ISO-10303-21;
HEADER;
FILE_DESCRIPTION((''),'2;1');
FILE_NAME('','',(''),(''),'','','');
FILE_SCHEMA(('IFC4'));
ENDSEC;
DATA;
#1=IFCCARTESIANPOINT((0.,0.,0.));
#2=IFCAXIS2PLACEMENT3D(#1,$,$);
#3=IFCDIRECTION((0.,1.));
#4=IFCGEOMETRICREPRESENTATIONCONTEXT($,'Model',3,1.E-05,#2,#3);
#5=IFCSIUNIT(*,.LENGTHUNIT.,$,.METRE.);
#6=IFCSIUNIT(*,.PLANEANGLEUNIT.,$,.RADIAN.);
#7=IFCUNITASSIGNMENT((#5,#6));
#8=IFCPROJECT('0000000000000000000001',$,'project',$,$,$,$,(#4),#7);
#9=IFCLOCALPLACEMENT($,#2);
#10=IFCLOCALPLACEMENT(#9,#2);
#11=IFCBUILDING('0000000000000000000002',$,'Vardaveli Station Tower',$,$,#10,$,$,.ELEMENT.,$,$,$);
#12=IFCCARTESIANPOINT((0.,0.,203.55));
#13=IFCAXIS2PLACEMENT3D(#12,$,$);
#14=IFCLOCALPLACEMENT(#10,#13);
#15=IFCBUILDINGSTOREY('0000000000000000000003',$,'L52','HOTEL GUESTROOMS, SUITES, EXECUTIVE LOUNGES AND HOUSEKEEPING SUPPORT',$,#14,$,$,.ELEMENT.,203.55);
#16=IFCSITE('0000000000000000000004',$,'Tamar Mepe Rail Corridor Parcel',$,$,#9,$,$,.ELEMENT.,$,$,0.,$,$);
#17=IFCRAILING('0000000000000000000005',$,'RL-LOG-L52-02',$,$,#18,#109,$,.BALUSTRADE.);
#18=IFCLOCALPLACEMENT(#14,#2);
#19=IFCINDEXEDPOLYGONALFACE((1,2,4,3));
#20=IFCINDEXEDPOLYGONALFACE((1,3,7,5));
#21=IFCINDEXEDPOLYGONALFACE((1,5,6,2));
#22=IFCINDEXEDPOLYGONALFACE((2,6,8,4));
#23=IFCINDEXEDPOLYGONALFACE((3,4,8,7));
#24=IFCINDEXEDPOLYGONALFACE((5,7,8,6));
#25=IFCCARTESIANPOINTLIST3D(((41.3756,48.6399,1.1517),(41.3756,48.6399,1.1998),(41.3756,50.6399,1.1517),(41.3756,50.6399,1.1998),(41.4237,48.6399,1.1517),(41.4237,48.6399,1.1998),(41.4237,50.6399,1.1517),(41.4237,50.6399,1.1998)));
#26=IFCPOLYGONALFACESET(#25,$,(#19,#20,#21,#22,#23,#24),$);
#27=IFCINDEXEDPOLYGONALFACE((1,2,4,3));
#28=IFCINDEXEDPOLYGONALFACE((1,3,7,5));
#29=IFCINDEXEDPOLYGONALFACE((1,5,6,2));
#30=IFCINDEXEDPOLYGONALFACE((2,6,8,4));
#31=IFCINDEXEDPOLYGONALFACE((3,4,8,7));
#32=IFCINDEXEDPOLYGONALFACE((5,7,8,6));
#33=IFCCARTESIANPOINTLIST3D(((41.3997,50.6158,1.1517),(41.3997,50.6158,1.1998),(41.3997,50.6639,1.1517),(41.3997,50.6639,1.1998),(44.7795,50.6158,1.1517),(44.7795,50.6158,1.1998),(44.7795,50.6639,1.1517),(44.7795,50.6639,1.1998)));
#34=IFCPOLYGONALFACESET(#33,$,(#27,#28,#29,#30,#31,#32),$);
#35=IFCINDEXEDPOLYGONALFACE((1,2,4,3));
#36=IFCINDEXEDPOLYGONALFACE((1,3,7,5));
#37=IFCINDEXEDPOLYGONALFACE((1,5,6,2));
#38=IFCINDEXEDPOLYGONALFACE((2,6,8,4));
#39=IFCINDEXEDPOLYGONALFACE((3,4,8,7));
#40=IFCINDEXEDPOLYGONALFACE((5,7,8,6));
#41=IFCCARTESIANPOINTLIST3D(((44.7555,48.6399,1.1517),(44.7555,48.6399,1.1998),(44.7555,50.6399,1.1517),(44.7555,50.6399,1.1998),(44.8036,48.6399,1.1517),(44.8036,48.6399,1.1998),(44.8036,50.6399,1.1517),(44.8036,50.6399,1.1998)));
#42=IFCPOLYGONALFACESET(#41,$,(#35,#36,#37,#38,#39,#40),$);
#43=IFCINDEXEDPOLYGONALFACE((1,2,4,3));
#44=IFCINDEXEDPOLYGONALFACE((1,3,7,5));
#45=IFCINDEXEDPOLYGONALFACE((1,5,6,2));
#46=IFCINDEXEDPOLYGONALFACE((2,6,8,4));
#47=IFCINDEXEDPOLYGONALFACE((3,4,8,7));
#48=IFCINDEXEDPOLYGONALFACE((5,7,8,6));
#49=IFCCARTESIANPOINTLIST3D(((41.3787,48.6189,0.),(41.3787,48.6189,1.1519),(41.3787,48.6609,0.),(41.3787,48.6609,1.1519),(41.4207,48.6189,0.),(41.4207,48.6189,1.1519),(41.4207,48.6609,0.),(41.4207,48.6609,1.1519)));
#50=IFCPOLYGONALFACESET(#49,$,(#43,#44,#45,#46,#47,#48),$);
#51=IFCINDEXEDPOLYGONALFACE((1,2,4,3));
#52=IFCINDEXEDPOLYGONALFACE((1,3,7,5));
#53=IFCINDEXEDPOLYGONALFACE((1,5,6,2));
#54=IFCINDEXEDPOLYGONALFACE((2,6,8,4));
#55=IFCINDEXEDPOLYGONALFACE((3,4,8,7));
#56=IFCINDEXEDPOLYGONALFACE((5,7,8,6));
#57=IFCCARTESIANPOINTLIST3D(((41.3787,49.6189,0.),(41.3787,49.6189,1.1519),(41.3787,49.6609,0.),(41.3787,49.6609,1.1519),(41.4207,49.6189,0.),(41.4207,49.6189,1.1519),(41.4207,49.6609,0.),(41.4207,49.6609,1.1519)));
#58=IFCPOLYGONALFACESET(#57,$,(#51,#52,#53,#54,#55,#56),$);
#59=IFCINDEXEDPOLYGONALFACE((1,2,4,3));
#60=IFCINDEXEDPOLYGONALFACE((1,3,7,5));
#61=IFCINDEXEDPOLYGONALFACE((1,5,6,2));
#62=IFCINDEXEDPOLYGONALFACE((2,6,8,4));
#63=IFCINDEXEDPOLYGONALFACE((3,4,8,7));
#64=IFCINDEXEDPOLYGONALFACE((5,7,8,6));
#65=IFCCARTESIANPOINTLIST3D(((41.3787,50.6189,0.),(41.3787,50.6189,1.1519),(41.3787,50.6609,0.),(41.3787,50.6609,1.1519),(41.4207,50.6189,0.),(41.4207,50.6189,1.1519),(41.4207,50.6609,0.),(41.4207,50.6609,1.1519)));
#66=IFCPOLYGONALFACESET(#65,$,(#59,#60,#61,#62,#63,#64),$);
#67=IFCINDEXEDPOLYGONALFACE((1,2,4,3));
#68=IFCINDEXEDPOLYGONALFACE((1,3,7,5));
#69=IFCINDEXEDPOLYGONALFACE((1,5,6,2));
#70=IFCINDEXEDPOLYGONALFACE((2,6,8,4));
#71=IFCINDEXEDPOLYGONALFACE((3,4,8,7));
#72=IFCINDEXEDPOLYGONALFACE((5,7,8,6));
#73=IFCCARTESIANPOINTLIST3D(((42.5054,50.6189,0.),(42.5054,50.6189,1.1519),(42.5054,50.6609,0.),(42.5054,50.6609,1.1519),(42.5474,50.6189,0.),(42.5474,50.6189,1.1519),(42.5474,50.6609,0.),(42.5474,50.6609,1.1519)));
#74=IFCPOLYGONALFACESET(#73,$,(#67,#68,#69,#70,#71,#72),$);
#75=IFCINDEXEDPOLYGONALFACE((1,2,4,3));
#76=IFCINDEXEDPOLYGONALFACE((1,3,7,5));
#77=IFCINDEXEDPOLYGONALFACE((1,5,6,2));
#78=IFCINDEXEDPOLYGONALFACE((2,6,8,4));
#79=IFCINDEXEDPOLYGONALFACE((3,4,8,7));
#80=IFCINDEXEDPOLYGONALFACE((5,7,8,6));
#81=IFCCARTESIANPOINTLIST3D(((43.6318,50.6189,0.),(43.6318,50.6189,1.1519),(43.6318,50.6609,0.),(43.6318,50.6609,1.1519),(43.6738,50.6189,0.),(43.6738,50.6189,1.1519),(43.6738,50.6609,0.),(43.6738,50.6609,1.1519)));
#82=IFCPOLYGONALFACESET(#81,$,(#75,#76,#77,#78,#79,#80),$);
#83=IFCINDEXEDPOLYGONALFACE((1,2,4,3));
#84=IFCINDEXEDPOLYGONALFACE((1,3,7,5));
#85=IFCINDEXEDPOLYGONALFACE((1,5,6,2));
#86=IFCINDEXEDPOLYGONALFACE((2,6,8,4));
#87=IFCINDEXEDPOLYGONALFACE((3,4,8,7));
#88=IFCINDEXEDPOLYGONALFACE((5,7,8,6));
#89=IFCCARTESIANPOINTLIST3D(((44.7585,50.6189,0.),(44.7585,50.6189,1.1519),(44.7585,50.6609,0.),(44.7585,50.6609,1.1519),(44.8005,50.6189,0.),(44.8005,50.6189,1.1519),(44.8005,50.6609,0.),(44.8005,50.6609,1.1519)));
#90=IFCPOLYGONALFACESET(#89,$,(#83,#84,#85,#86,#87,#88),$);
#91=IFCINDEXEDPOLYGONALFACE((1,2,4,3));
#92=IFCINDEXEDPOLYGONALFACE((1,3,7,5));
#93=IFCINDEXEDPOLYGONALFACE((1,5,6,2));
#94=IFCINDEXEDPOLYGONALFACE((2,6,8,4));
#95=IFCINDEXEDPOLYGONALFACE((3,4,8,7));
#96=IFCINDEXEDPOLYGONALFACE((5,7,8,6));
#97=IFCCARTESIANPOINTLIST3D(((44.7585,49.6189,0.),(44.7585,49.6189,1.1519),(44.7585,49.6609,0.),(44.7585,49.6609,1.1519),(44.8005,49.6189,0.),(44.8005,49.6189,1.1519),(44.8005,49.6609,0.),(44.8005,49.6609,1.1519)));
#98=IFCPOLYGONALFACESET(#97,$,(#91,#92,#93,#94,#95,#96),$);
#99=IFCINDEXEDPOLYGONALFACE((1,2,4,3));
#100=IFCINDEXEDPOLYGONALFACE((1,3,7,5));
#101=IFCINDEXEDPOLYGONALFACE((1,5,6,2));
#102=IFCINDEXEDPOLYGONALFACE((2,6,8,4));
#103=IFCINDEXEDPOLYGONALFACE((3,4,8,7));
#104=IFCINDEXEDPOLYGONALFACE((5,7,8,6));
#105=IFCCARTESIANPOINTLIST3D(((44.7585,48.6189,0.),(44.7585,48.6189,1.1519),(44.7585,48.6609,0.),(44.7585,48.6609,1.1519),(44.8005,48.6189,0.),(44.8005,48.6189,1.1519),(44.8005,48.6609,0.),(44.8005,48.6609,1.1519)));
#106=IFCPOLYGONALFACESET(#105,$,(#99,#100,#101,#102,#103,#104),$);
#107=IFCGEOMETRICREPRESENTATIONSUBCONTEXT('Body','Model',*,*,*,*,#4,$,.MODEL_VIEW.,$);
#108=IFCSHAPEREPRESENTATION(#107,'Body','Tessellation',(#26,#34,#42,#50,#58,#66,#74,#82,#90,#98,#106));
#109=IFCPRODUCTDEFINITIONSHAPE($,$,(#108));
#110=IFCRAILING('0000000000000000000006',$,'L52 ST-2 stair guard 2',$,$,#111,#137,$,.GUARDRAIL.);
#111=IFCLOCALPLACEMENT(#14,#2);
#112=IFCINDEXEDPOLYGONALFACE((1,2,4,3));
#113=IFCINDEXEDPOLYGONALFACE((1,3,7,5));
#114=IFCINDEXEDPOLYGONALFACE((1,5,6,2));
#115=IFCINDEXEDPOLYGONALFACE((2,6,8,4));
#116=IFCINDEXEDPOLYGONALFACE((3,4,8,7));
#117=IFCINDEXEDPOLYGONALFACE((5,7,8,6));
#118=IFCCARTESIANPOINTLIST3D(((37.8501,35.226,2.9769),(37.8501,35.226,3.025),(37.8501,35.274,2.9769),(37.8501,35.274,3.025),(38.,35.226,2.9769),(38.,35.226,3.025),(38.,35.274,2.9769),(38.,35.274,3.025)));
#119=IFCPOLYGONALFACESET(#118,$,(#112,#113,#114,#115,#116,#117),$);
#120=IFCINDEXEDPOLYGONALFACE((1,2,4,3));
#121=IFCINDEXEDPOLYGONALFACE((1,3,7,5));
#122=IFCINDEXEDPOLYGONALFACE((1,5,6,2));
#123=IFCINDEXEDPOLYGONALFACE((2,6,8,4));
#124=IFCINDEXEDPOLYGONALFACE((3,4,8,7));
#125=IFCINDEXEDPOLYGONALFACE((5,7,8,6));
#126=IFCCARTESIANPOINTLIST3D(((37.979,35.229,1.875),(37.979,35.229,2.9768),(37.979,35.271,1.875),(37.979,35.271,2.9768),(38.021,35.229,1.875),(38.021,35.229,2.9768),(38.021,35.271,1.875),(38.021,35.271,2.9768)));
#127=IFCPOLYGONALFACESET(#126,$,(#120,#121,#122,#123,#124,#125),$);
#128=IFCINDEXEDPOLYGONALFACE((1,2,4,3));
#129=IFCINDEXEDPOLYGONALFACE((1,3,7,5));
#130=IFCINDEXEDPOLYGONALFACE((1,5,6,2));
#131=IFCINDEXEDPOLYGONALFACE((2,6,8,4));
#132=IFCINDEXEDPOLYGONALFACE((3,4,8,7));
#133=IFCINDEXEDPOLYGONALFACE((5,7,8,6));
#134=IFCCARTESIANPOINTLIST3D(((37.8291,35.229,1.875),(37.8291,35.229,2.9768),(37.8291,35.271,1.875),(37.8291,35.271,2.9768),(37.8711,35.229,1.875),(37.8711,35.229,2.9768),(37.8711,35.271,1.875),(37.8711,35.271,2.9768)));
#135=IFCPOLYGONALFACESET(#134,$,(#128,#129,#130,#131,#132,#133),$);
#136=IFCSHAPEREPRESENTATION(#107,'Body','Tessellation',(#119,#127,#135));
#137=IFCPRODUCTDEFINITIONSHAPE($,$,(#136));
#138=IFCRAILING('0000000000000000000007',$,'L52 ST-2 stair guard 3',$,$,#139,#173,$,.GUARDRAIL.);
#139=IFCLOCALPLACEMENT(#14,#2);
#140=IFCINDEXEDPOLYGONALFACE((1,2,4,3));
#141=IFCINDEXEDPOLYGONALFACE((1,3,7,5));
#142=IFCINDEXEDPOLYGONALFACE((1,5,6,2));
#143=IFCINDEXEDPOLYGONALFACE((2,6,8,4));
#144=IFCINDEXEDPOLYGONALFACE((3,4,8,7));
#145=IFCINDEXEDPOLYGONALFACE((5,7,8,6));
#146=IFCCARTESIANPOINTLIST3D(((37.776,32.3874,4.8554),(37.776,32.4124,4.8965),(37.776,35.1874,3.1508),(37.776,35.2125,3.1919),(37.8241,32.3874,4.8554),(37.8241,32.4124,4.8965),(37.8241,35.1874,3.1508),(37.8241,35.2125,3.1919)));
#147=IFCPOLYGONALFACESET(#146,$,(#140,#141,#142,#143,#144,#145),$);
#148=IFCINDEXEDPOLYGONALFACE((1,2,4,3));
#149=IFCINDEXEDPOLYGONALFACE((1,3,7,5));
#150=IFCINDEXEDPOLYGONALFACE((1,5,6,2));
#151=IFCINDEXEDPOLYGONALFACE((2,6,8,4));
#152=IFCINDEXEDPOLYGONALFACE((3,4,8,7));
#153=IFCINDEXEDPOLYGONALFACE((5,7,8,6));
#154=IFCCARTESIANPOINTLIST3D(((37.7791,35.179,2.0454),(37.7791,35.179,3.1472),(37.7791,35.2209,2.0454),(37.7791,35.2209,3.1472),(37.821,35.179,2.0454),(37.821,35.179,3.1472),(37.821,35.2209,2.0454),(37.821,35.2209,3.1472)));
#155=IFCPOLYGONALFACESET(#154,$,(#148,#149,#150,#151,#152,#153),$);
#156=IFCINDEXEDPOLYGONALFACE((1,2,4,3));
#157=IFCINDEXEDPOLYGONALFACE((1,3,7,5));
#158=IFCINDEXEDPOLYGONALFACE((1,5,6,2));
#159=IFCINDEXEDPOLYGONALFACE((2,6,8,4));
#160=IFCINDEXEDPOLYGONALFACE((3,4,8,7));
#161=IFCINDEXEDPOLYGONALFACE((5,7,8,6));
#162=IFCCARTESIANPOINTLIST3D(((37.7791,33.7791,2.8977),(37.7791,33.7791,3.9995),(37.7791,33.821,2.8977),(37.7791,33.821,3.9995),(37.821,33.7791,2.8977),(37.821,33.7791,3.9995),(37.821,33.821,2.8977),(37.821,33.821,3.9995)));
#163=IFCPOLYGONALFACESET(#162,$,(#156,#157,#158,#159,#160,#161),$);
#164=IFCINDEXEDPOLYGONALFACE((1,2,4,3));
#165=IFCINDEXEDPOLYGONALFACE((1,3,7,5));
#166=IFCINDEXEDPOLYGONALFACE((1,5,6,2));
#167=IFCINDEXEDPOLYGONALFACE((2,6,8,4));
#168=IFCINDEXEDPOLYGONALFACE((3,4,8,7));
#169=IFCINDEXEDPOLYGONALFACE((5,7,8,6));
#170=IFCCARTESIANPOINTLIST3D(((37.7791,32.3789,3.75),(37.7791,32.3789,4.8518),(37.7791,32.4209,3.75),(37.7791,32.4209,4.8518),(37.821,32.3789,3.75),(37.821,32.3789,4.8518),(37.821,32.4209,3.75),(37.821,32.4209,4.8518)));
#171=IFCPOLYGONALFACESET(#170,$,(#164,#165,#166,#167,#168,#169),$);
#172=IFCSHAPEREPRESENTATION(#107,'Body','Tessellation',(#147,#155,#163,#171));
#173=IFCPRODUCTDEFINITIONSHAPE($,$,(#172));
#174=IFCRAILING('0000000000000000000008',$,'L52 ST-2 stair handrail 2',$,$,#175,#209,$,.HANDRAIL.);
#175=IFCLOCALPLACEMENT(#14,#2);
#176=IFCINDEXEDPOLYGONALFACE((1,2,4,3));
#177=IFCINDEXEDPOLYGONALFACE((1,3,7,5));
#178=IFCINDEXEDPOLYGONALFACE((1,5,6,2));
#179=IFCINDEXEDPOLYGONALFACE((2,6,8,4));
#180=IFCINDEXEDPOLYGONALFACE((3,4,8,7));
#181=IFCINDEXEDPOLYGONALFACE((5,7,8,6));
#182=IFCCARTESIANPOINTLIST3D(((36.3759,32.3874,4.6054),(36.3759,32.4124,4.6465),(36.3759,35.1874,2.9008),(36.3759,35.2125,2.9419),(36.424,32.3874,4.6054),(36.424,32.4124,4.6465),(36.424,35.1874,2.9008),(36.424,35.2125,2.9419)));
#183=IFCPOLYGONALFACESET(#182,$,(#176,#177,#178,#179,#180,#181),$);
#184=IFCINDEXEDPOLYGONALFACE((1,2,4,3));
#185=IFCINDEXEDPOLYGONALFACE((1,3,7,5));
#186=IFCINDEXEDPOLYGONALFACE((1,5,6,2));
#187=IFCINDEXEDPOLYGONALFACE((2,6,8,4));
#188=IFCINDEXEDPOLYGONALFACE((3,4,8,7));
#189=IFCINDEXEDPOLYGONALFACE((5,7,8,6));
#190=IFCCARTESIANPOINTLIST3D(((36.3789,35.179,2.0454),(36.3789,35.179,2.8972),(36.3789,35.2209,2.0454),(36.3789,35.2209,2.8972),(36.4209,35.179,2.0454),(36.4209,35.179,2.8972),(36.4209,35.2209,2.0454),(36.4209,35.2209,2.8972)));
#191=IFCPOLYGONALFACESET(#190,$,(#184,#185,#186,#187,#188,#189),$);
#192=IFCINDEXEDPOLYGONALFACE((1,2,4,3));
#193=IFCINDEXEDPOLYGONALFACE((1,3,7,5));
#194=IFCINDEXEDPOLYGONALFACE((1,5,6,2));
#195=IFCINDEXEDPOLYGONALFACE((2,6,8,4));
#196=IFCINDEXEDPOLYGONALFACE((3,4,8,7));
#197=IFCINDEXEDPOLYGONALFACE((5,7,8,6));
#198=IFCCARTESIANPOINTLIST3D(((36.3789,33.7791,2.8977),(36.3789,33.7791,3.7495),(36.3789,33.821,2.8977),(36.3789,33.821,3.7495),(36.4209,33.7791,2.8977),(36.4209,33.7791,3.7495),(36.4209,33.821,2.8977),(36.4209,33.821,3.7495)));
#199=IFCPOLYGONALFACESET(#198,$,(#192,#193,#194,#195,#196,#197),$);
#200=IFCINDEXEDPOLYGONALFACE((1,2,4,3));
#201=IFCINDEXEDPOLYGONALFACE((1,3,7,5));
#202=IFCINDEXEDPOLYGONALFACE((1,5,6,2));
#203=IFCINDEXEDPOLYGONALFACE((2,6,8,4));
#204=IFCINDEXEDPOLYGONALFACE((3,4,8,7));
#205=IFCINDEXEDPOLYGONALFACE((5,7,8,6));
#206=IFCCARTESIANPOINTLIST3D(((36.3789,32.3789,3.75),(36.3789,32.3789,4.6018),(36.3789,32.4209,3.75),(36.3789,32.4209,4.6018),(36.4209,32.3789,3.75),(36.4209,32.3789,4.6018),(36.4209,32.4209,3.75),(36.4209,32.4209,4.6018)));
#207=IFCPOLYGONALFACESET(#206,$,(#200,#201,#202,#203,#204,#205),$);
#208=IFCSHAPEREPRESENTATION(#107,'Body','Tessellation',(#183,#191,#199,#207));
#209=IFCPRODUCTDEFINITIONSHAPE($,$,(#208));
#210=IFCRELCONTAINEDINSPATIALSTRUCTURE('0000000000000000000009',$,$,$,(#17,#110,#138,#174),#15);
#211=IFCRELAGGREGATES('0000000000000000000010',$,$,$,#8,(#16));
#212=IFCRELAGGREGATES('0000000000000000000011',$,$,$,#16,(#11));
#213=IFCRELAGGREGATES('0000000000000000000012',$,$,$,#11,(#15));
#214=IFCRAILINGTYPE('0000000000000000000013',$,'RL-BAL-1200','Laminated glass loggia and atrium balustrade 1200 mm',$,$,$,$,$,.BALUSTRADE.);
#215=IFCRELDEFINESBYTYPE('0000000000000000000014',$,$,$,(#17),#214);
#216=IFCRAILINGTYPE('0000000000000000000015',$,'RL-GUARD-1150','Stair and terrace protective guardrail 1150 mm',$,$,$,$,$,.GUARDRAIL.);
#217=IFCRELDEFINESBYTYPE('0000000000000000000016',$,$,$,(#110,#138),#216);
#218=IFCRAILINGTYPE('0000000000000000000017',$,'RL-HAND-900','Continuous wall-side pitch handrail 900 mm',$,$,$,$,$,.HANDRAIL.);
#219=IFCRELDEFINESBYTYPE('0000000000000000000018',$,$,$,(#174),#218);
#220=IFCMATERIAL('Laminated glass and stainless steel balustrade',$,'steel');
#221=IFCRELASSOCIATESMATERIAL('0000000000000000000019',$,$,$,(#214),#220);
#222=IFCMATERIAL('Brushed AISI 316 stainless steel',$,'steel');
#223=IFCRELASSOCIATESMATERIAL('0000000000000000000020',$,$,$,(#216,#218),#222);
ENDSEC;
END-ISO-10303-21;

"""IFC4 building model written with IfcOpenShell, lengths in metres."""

from ifc_helpers import new_model, si_unit, direction, frame, origin, origin_2d, place, context, subcontext, project, spatial, rectangle, extrude, source, transform, mapped, material, type_object, element, save


model = new_model("IFC4")

# Units and contexts
model_context = context("Model", 3, precision=1e-05, world=origin(), true_north=direction((0.0, 1.0)))
body_context = subcontext(model_context, "Body", "Model", "MODEL_VIEW")
ifc_project = project(units=[si_unit("LENGTHUNIT", "METRE"), si_unit("PLANEANGLEUNIT", "RADIAN")], contexts=[model_context])

# Site, building, storey
site_placement = place(None, origin())
site = spatial("IfcSite", under=ifc_project, at=site_placement, Name="Tamar Mepe Rail Corridor Parcel", CompositionType="ELEMENT", RefElevation=0.0)
building_placement = place(site_placement, origin())
building = spatial("IfcBuilding", under=site, at=building_placement, Name="Vardaveli Station Tower", CompositionType="ELEMENT")
storey_placement = place(building_placement, frame((0.0, 0.0, 203.55)))
storey = spatial("IfcBuildingStorey", under=building, at=storey_placement, Name="L52", Description="HOTEL GUESTROOMS, SUITES, EXECUTIVE LOUNGES AND HOUSEKEEPING SUPPORT", CompositionType="ELEMENT", Elevation=203.55)

# Railings
ifc_material_1 = material(Name="Laminated glass and stainless steel balustrade", Category="steel")
railing_type_1 = type_object("IfcRailingType", Name="RL-BAL-1200", Description="Laminated glass loggia and atrium balustrade 1200 mm", PredefinedType="BALUSTRADE", material=ifc_material_1)
shared_shape_1 = source(origin(), body_context, "Body", "SweptSolid", [
    extrude(rectangle(XDim=0.0481, YDim=0.0481, at=origin_2d()), frame((0.0, 0.0, 1.1758), z_axis=(0.0, 1.0, 0.0), x_axis=(-1.0, 0.0, 0.0)), (0.0, 0.0, 1.0), 2.0),
    extrude(rectangle(XDim=0.0481, YDim=0.0481, at=origin_2d()), frame((0.0, 2.0, 1.1758), z_axis=(1.0, 0.0, 0.0), x_axis=(0.0, 1.0, 0.0)), (0.0, 0.0, 1.0), 3.3799),
    extrude(rectangle(XDim=0.0481, YDim=0.0481, at=origin_2d()), frame((3.3799, 2.0, 1.1758), z_axis=(0.0, -1.0, 0.0), x_axis=(1.0, 0.0, 0.0)), (0.0, 0.0, 1.0), 2.0),
    extrude(rectangle(XDim=0.042, YDim=0.042, at=origin_2d()), origin(), (0.0, 0.0, 1.0), 1.1519),
    extrude(rectangle(XDim=0.042, YDim=0.042, at=origin_2d()), frame((0.0, 1.0, 0.0)), (0.0, 0.0, 1.0), 1.1519),
    extrude(rectangle(XDim=0.042, YDim=0.042, at=origin_2d()), frame((0.0, 2.0, 0.0)), (0.0, 0.0, 1.0), 1.1519),
    extrude(rectangle(XDim=0.042, YDim=0.042, at=origin_2d()), frame((1.1267, 2.0, 0.0)), (0.0, 0.0, 1.0), 1.1519),
    extrude(rectangle(XDim=0.042, YDim=0.042, at=origin_2d()), frame((2.2532, 2.0, 0.0)), (0.0, 0.0, 1.0), 1.1519),
    extrude(rectangle(XDim=0.042, YDim=0.042, at=origin_2d()), frame((3.3799, 2.0, 0.0)), (0.0, 0.0, 1.0), 1.1519),
    extrude(rectangle(XDim=0.042, YDim=0.042, at=origin_2d()), frame((3.3799, 1.0, 0.0)), (0.0, 0.0, 1.0), 1.1519),
    extrude(rectangle(XDim=0.042, YDim=0.042, at=origin_2d()), frame((3.3799, 0.0, 0.0)), (0.0, 0.0, 1.0), 1.1519),
])
railing_1_placement = place(storey_placement, frame((41.3997, 48.6399, 0.0)))
element("IfcRailing", 1, at=railing_1_placement, inside=storey, type_object=railing_type_1, Name="RL-LOG-L52-02", PredefinedType="BALUSTRADE", context=body_context, shape_type="MappedRepresentation", body=[
    mapped(shared_shape_1, transform((0.0, 0.0, 0.0), scale=1.0)),
])
ifc_material_2 = material(Name="Brushed AISI 316 stainless steel", Category="steel")
railing_type_2 = type_object("IfcRailingType", Name="RL-GUARD-1150", Description="Stair and terrace protective guardrail 1150 mm", PredefinedType="GUARDRAIL", material=ifc_material_2)
shared_shape_2 = source(origin(), body_context, "Body", "SweptSolid", [
    extrude(rectangle(XDim=0.0481, YDim=0.0481, at=origin_2d()), frame((0.0, 0.0, 1.126), z_axis=(-1.0, 0.0, 0.0), x_axis=(0.0, -1.0, 0.0)), (0.0, 0.0, 1.0), 0.1499),
    extrude(rectangle(XDim=0.042, YDim=0.042, at=origin_2d()), origin(), (0.0, 0.0, 1.0), 1.1018),
    extrude(rectangle(XDim=0.042, YDim=0.042, at=origin_2d()), frame((-0.1499, 0.0, 0.0)), (0.0, 0.0, 1.0), 1.1018),
])
railing_2_placement = place(storey_placement, frame((38.0, 35.25, 1.875)))
element("IfcRailing", 2, at=railing_2_placement, inside=storey, type_object=railing_type_2, Name="L52 ST-2 stair guard 2", PredefinedType="GUARDRAIL", context=body_context, shape_type="MappedRepresentation", body=[
    mapped(shared_shape_2, transform((0.0, 0.0, 0.0), scale=1.0)),
])
shared_shape_3 = source(origin(), body_context, "Body", "SweptSolid", [
    extrude(rectangle(XDim=0.0481, YDim=0.0481, at=origin_2d()), frame((0.0, 0.0, 1.126), z_axis=(0.0, -0.85417, 0.519994), x_axis=(1.0, 0.0, 0.0)), (0.0, 0.0, 1.0), 3.2781),
    extrude(rectangle(XDim=0.042, YDim=0.042, at=origin_2d()), origin(), (0.0, 0.0, 1.0), 1.1018),
    extrude(rectangle(XDim=0.042, YDim=0.042, at=origin_2d()), frame((0.0, -1.3999, 0.8523)), (0.0, 0.0, 1.0), 1.1018),
    extrude(rectangle(XDim=0.042, YDim=0.042, at=origin_2d()), frame((0.0, -2.8, 1.7046)), (0.0, 0.0, 1.0), 1.1018),
])
railing_3_placement = place(storey_placement, frame((37.8, 35.2, 2.0454)))
element("IfcRailing", 3, at=railing_3_placement, inside=storey, type_object=railing_type_2, Name="L52 ST-2 stair guard 3", PredefinedType="GUARDRAIL", context=body_context, shape_type="MappedRepresentation", body=[
    mapped(shared_shape_3, transform((0.0, 0.0, 0.0), scale=1.0)),
])
railing_type_3 = type_object("IfcRailingType", Name="RL-HAND-900", Description="Continuous wall-side pitch handrail 900 mm", PredefinedType="HANDRAIL", material=ifc_material_2)
shared_shape_4 = source(origin(), body_context, "Body", "SweptSolid", [
    extrude(rectangle(XDim=0.0481, YDim=0.0481, at=origin_2d()), frame((0.0, 0.0, 0.876), z_axis=(0.0, -0.85417, 0.519994), x_axis=(1.0, 0.0, 0.0)), (0.0, 0.0, 1.0), 3.2781),
    extrude(rectangle(XDim=0.042, YDim=0.042, at=origin_2d()), origin(), (0.0, 0.0, 1.0), 0.8518),
    extrude(rectangle(XDim=0.042, YDim=0.042, at=origin_2d()), frame((0.0, -1.3999, 0.8523)), (0.0, 0.0, 1.0), 0.8518),
    extrude(rectangle(XDim=0.042, YDim=0.042, at=origin_2d()), frame((0.0, -2.8, 1.7046)), (0.0, 0.0, 1.0), 0.8518),
])
railing_4_placement = place(storey_placement, frame((36.3999, 35.2, 2.0454)))
element("IfcRailing", 4, at=railing_4_placement, inside=storey, type_object=railing_type_3, Name="L52 ST-2 stair handrail 2", PredefinedType="HANDRAIL", context=body_context, shape_type="MappedRepresentation", body=[
    mapped(shared_shape_4, transform((0.0, 0.0, 0.0), scale=1.0)),
])

save(model, "model.ifc")
